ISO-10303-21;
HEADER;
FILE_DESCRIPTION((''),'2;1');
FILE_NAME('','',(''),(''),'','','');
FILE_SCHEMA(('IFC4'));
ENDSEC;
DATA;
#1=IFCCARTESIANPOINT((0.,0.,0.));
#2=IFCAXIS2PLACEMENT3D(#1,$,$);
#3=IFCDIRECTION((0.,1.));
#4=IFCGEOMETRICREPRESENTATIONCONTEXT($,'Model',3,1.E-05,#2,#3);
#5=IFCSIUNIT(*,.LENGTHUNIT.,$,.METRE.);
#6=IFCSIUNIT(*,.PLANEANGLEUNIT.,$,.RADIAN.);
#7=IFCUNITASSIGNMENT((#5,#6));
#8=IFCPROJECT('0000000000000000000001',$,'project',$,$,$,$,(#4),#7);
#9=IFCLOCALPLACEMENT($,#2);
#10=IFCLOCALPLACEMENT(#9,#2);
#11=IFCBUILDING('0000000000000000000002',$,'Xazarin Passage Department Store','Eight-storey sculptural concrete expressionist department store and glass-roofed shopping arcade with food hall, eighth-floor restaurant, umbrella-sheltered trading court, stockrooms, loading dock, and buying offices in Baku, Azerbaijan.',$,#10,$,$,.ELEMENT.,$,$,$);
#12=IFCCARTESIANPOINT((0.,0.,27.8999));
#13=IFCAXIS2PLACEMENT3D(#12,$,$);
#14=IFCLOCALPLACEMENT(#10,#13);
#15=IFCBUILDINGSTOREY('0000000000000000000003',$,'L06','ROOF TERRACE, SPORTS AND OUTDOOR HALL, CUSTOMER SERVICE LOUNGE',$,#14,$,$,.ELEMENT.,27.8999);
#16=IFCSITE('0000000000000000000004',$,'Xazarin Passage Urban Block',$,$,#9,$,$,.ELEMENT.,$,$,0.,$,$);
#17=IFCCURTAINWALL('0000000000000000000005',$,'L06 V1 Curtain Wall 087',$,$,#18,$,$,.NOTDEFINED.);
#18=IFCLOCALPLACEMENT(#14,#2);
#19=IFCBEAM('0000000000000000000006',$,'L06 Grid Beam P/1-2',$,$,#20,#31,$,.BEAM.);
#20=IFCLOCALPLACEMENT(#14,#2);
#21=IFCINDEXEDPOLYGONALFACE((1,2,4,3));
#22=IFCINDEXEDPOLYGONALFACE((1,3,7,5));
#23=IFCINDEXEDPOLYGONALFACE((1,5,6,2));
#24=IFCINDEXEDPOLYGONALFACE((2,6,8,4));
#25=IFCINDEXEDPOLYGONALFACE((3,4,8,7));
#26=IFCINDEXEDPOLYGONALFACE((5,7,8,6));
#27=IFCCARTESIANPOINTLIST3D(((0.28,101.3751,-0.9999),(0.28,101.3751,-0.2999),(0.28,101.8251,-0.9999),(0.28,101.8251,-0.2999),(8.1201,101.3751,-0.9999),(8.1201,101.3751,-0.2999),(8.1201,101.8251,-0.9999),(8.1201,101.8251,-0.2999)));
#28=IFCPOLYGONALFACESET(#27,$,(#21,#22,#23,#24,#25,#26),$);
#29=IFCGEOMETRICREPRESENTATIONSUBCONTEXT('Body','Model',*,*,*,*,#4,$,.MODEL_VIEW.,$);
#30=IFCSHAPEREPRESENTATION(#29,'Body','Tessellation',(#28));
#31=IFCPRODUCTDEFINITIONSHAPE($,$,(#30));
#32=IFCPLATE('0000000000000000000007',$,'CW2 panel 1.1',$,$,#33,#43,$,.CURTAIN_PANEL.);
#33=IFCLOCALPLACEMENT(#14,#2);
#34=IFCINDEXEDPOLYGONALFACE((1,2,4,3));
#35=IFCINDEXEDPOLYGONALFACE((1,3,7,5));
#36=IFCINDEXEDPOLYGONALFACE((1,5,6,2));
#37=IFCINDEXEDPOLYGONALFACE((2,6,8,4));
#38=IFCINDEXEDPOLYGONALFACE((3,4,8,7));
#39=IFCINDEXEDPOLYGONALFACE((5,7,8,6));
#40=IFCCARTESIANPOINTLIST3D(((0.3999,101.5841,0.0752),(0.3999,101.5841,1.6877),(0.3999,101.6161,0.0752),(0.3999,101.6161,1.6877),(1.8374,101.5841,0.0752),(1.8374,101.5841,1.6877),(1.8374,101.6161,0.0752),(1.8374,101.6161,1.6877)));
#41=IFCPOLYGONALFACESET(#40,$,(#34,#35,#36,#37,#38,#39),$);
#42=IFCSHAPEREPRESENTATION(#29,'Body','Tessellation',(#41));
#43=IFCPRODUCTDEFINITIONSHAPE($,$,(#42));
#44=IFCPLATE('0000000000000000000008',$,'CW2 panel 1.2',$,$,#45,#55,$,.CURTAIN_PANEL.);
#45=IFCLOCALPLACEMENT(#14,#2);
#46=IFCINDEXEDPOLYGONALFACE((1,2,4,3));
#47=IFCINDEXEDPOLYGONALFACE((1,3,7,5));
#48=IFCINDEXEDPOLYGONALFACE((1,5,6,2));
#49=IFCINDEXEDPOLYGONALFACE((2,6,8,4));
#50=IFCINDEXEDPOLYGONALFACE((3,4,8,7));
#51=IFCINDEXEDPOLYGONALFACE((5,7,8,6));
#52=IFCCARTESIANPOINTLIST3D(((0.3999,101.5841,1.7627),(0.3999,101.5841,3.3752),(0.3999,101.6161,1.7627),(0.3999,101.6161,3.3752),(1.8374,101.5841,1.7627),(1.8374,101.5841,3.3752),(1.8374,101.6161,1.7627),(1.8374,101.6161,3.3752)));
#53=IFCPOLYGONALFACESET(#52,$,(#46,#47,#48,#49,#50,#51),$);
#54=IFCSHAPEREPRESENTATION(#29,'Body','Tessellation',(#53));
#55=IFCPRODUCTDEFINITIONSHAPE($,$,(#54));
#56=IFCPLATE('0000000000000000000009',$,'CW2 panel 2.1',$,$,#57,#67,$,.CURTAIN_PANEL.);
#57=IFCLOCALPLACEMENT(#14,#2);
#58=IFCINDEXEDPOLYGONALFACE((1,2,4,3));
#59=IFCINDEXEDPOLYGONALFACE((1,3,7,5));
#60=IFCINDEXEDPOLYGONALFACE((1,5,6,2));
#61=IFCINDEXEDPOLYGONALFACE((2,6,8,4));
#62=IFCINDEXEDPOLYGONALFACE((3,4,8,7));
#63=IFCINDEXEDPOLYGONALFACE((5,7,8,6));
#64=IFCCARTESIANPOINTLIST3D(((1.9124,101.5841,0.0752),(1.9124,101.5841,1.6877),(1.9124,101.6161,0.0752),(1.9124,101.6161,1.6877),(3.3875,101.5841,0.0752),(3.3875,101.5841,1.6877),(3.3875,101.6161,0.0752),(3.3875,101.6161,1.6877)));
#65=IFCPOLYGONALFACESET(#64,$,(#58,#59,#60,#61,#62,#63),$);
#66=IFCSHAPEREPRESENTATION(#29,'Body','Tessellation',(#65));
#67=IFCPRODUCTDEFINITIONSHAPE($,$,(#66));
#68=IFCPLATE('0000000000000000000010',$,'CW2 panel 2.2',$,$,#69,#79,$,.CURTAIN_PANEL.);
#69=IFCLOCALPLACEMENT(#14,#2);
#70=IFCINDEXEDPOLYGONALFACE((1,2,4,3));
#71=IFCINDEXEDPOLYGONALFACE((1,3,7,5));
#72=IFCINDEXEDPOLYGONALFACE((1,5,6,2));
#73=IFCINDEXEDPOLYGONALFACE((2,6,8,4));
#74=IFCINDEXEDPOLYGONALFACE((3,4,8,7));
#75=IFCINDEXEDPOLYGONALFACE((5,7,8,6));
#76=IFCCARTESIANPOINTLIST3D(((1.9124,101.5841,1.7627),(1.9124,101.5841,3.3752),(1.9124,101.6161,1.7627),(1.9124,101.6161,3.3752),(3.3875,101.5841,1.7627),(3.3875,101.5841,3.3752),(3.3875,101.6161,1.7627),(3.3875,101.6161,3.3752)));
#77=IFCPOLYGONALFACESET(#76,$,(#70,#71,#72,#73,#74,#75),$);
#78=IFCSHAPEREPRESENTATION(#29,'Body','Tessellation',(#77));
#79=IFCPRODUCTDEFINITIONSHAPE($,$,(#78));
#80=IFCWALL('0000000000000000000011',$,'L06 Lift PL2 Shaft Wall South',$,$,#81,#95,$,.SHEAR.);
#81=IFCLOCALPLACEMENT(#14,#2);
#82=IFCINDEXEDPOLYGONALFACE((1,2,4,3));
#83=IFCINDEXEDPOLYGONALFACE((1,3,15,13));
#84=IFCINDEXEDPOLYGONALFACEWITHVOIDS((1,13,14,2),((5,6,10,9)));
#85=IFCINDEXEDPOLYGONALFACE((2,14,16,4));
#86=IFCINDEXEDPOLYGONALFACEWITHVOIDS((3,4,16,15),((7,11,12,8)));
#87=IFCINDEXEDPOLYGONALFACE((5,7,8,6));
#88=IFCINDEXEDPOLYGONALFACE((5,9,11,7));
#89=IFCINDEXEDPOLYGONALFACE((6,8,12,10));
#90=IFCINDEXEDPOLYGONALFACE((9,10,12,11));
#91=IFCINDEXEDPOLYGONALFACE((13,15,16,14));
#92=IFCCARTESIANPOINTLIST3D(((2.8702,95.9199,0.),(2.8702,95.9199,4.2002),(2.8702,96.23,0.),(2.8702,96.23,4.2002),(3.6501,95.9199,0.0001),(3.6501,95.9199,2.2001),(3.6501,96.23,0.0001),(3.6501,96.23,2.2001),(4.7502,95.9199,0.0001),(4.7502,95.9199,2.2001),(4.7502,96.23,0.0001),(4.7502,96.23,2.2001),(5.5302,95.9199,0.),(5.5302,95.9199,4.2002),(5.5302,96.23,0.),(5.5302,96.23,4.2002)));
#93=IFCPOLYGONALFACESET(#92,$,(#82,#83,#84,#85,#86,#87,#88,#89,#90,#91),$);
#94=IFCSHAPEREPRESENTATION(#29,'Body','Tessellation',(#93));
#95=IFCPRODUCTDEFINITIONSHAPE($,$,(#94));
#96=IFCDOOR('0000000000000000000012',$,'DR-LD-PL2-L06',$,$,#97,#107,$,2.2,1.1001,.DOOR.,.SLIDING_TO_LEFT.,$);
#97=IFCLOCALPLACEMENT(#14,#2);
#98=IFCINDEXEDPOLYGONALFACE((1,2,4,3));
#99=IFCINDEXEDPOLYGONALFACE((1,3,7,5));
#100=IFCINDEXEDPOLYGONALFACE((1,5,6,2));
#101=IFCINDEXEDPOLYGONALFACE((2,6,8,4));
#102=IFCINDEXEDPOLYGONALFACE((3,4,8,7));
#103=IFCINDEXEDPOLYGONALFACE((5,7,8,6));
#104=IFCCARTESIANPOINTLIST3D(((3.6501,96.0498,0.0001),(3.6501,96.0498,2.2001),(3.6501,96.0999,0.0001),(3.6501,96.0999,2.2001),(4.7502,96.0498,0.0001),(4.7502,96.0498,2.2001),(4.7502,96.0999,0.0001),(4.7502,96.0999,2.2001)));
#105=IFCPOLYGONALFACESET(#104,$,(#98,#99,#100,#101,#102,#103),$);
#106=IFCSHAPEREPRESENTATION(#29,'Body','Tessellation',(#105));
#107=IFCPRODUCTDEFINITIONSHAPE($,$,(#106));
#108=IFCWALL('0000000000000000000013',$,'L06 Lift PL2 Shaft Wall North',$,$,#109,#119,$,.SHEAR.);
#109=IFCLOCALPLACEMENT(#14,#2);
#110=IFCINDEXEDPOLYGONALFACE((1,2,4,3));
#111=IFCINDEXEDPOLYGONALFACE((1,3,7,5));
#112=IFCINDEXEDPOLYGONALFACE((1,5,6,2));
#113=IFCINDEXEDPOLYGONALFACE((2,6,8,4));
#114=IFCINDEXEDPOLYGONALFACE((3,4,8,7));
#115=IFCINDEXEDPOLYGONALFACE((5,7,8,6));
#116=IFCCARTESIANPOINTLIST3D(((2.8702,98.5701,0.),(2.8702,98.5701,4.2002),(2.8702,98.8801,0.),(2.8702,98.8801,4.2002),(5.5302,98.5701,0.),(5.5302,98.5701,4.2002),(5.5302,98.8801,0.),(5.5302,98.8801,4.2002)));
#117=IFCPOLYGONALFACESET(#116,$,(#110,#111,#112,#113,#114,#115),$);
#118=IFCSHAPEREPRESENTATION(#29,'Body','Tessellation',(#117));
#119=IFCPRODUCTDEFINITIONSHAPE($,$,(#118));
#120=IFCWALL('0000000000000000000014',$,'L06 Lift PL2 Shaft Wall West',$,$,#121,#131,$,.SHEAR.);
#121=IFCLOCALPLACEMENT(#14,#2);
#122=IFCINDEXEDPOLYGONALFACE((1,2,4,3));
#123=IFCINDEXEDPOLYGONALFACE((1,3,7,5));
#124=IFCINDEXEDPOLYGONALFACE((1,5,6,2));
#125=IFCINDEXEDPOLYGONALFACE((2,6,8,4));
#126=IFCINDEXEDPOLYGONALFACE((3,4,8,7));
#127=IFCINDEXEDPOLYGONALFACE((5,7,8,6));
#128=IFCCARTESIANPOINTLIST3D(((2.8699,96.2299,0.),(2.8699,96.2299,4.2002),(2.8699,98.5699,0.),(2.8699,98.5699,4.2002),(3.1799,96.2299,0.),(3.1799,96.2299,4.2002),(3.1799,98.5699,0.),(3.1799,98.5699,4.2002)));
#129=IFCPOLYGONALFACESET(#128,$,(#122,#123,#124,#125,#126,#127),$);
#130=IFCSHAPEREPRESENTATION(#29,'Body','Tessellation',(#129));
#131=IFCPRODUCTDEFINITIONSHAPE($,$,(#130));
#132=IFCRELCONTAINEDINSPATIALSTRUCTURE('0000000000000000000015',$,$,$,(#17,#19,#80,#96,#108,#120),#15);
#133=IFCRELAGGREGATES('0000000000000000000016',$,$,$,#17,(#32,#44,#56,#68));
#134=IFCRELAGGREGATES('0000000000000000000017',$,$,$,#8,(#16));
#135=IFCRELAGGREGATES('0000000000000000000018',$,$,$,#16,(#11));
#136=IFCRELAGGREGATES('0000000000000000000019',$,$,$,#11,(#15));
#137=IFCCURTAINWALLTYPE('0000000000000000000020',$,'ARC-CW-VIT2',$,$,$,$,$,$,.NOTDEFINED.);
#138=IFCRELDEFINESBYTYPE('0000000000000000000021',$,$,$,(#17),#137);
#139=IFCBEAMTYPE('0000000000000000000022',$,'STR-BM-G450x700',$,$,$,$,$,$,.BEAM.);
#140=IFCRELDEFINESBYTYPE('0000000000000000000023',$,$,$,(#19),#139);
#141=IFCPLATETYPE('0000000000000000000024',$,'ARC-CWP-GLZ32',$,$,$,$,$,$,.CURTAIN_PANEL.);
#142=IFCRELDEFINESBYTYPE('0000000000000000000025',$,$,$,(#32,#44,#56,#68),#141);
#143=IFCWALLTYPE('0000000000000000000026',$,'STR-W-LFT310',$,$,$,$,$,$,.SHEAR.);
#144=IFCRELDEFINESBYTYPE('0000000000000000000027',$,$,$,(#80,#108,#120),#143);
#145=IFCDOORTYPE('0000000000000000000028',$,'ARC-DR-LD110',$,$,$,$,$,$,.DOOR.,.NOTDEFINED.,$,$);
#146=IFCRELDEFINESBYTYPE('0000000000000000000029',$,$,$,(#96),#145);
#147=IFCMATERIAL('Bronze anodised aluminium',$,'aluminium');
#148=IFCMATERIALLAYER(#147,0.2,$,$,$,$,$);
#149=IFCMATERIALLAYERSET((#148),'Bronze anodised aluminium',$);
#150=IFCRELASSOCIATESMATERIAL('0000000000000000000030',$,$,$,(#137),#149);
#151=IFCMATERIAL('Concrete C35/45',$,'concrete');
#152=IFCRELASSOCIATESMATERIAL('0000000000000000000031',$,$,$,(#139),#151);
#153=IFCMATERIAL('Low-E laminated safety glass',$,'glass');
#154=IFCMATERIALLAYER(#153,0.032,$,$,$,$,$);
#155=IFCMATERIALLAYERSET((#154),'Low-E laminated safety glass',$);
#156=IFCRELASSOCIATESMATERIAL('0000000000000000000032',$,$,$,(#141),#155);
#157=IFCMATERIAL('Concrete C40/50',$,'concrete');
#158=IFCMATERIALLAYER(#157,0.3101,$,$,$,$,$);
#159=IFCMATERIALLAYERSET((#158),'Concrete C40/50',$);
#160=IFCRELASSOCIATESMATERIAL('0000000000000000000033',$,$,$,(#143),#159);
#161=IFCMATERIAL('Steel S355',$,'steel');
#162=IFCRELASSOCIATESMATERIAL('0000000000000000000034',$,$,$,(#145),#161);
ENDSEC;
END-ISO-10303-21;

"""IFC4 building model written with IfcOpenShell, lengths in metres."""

from ifc_helpers import new_model, si_unit, direction, frame, frame_2d, origin, origin_2d, place, context, subcontext, project, spatial, rectangle, extrude, material, layer, layer_set, material_profile, profile_set, type_object, element, fill, aggregate, save


model = new_model("IFC4")

# Units and contexts
model_context = context("Model", 3, precision=1e-05, world=origin(), true_north=direction((0.0, 1.0)))
body_context = subcontext(model_context, "Body", "Model", "MODEL_VIEW")
ifc_project = project(units=[si_unit("LENGTHUNIT", "METRE"), si_unit("PLANEANGLEUNIT", "RADIAN")], contexts=[model_context])

# Site, building, storey
site_placement = place(None, origin())
site = spatial("IfcSite", under=ifc_project, at=site_placement, Name="Xazarin Passage Urban Block", CompositionType="ELEMENT", RefElevation=0.0)
building_placement = place(site_placement, origin())
building = spatial("IfcBuilding", under=site, at=building_placement, Name="Xazarin Passage Department Store", Description="Eight-storey sculptural concrete expressionist department store and glass-roofed shopping arcade with food hall, eighth-floor restaurant, umbrella-sheltered trading court, stockrooms, loading dock, and buying offices in Baku, Azerbaijan.", CompositionType="ELEMENT")
storey_placement = place(building_placement, frame((0.0, 0.0, 27.8999)))
storey = spatial("IfcBuildingStorey", under=building, at=storey_placement, Name="L06", Description="ROOF TERRACE, SPORTS AND OUTDOOR HALL, CUSTOMER SERVICE LOUNGE", CompositionType="ELEMENT", Elevation=27.8999)

# Shared definitions
ifc_material_1 = material(Name="Concrete C40/50", Category="concrete")

# Curtain wall
ifc_material_2 = material(Name="Bronze anodised aluminium", Category="aluminium")
ifc_layer_1 = layer(ifc_material_2, 0.2)
ifc_layer_set_1 = layer_set([ifc_layer_1], Name="Bronze anodised aluminium")
curtain_wall_type = type_object("IfcCurtainWallType", Name="ARC-CW-VIT2", PredefinedType="NOTDEFINED", material=ifc_layer_set_1)
curtain_wall_1_placement = place(storey_placement, origin())
curtain_wall_1 = element("IfcCurtainWall", 1, at=curtain_wall_1_placement, inside=storey, type_object=curtain_wall_type, Name="L06 V1 Curtain Wall 087", PredefinedType="NOTDEFINED")

# Beam
ifc_material_3 = material(Name="Concrete C35/45", Category="concrete")
ifc_material_profile_1 = material_profile(ifc_material_3, rectangle(XDim=0.45, YDim=0.7, at=origin_2d()), Name="RC 450x700")
ifc_profile_set_1 = profile_set([ifc_material_profile_1], Name="Concrete C35/45")
beam_type = type_object("IfcBeamType", Name="STR-BM-G450x700", PredefinedType="BEAM", material=ifc_profile_set_1)
beam_placement = place(storey_placement, frame((0.28, 101.6001, -0.6499), z_axis=(1.0, 0.0, 0.0), x_axis=(0.0, 1.0, 0.0)))
element("IfcBeam", 2, at=beam_placement, inside=storey, type_object=beam_type, Name="L06 Grid Beam P/1-2", PredefinedType="BEAM", context=body_context, shape_type="SweptSolid", body=[
    extrude(rectangle(XDim=0.45, YDim=0.7, at=origin_2d()), origin(), (0.0, 0.0, 1.0), 7.8401),
])

# Plates
ifc_material_4 = material(Name="Low-E laminated safety glass", Category="glass")
ifc_layer_2 = layer(ifc_material_4, 0.032)
ifc_layer_set_2 = layer_set([ifc_layer_2], Name="Low-E laminated safety glass")
plate_type = type_object("IfcPlateType", Name="ARC-CWP-GLZ32", PredefinedType="CURTAIN_PANEL", material=ifc_layer_set_2)
plate_1_placement = place(storey_placement, frame((1.1187, 101.6001, 0.0752), z_axis=(0.0, 0.0, 1.0), x_axis=(1.0, 0.0, 0.0)))
plate_1 = element("IfcPlate", 3, at=plate_1_placement, type_object=plate_type, Name="CW2 panel 1.1", PredefinedType="CURTAIN_PANEL", context=body_context, shape_type="SweptSolid", body=[
    extrude(rectangle(XDim=1.4375, YDim=0.032, at=origin_2d()), origin(), (0.0, 0.0, 1.0), 1.6125),
])
plate_2_placement = place(storey_placement, frame((1.1187, 101.6001, 1.7627), z_axis=(0.0, 0.0, 1.0), x_axis=(1.0, 0.0, 0.0)))
plate_2 = element("IfcPlate", 4, at=plate_2_placement, type_object=plate_type, Name="CW2 panel 1.2", PredefinedType="CURTAIN_PANEL", context=body_context, shape_type="SweptSolid", body=[
    extrude(rectangle(XDim=1.4375, YDim=0.032, at=origin_2d()), origin(), (0.0, 0.0, 1.0), 1.6125),
])
plate_3_placement = place(storey_placement, frame((2.6499, 101.6001, 0.0752), z_axis=(0.0, 0.0, 1.0), x_axis=(1.0, 0.0, 0.0)))
plate_3 = element("IfcPlate", 5, at=plate_3_placement, type_object=plate_type, Name="CW2 panel 2.1", PredefinedType="CURTAIN_PANEL", context=body_context, shape_type="SweptSolid", body=[
    extrude(rectangle(XDim=1.4751, YDim=0.032, at=origin_2d()), origin(), (0.0, 0.0, 1.0), 1.6125),
])
plate_4_placement = place(storey_placement, frame((2.6499, 101.6001, 1.7627), z_axis=(0.0, 0.0, 1.0), x_axis=(1.0, 0.0, 0.0)))
plate_4 = element("IfcPlate", 6, at=plate_4_placement, type_object=plate_type, Name="CW2 panel 2.2", PredefinedType="CURTAIN_PANEL", context=body_context, shape_type="SweptSolid", body=[
    extrude(rectangle(XDim=1.4751, YDim=0.032, at=origin_2d()), origin(), (0.0, 0.0, 1.0), 1.6125),
])
aggregate(curtain_wall_1, [plate_1, plate_2, plate_3, plate_4])

# Wall, opening, door
ifc_layer_3 = layer(ifc_material_1, 0.3101)
ifc_layer_set_3 = layer_set([ifc_layer_3], Name="Concrete C40/50")
wall_type = type_object("IfcWallType", Name="STR-W-LFT310", PredefinedType="SHEAR", material=ifc_layer_set_3)
wall_1_placement = place(storey_placement, frame((2.8701, 96.075, 0.0), z_axis=(0.0, 0.0, 1.0), x_axis=(1.0, 0.0, 0.0)))
wall_1 = element("IfcWall", 7, at=wall_1_placement, inside=storey, type_object=wall_type, Name="L06 Lift PL2 Shaft Wall South", PredefinedType="SHEAR", context=body_context, shape_type="SweptSolid", body=[
    extrude(rectangle(XDim=2.6599, YDim=0.3101, at=frame_2d((1.3301, 0.0))), origin(), (0.0, 0.0, 1.0), 4.2002),
])
opening_placement = place(wall_1_placement, frame((0.78, 0.0, 0.0)))
opening = element("IfcOpeningElement", 8, at=opening_placement, cuts=wall_1, PredefinedType="OPENING", context=body_context, shape_type="SweptSolid", body=[
    extrude(rectangle(XDim=1.1001, YDim=2.2, at=frame_2d((0.55, 1.1001))), frame((0.0, 0.165, 0.0), z_axis=(0.0, -1.0, 0.0), x_axis=(1.0, 0.0, 0.0)), (0.0, 0.0, 1.0), 0.3301),
])
ifc_material_5 = material(Name="Steel S355", Category="steel")
door_type = type_object("IfcDoorType", Name="ARC-DR-LD110", OperationType="NOTDEFINED", PredefinedType="DOOR", material=ifc_material_5)
door_placement = place(opening_placement, origin())
door = element("IfcDoor", 9, at=door_placement, inside=storey, type_object=door_type, Name="DR-LD-PL2-L06", OperationType="SLIDING_TO_LEFT", OverallHeight=2.2, OverallWidth=1.1001, PredefinedType="DOOR", context=body_context, shape_type="SweptSolid", body=[
    extrude(rectangle(XDim=1.1001, YDim=2.2, at=frame_2d((0.55, 1.1001))), frame((0.0, 0.0249, 0.0), z_axis=(0.0, -1.0, 0.0), x_axis=(1.0, 0.0, 0.0)), (0.0, 0.0, 1.0), 0.05),
])
fill(opening, door)

# Walls
wall_2_placement = place(storey_placement, frame((2.8701, 98.7251, 0.0), z_axis=(0.0, 0.0, 1.0), x_axis=(1.0, 0.0, 0.0)))
element("IfcWall", 10, at=wall_2_placement, inside=storey, type_object=wall_type, Name="L06 Lift PL2 Shaft Wall North", PredefinedType="SHEAR", context=body_context, shape_type="SweptSolid", body=[
    extrude(rectangle(XDim=2.6599, YDim=0.3101, at=frame_2d((1.3301, 0.0))), origin(), (0.0, 0.0, 1.0), 4.2002),
])
wall_3_placement = place(storey_placement, frame((3.0249, 96.23, 0.0), z_axis=(0.0, 0.0, 1.0), x_axis=(0.0, 1.0, 0.0)))
element("IfcWall", 11, at=wall_3_placement, inside=storey, type_object=wall_type, Name="L06 Lift PL2 Shaft Wall West", PredefinedType="SHEAR", context=body_context, shape_type="SweptSolid", body=[
    extrude(rectangle(XDim=2.3401, YDim=0.3101, at=frame_2d((1.1699, 0.0))), origin(), (0.0, 0.0, 1.0), 4.2002),
])

save(model, "model.ifc")
